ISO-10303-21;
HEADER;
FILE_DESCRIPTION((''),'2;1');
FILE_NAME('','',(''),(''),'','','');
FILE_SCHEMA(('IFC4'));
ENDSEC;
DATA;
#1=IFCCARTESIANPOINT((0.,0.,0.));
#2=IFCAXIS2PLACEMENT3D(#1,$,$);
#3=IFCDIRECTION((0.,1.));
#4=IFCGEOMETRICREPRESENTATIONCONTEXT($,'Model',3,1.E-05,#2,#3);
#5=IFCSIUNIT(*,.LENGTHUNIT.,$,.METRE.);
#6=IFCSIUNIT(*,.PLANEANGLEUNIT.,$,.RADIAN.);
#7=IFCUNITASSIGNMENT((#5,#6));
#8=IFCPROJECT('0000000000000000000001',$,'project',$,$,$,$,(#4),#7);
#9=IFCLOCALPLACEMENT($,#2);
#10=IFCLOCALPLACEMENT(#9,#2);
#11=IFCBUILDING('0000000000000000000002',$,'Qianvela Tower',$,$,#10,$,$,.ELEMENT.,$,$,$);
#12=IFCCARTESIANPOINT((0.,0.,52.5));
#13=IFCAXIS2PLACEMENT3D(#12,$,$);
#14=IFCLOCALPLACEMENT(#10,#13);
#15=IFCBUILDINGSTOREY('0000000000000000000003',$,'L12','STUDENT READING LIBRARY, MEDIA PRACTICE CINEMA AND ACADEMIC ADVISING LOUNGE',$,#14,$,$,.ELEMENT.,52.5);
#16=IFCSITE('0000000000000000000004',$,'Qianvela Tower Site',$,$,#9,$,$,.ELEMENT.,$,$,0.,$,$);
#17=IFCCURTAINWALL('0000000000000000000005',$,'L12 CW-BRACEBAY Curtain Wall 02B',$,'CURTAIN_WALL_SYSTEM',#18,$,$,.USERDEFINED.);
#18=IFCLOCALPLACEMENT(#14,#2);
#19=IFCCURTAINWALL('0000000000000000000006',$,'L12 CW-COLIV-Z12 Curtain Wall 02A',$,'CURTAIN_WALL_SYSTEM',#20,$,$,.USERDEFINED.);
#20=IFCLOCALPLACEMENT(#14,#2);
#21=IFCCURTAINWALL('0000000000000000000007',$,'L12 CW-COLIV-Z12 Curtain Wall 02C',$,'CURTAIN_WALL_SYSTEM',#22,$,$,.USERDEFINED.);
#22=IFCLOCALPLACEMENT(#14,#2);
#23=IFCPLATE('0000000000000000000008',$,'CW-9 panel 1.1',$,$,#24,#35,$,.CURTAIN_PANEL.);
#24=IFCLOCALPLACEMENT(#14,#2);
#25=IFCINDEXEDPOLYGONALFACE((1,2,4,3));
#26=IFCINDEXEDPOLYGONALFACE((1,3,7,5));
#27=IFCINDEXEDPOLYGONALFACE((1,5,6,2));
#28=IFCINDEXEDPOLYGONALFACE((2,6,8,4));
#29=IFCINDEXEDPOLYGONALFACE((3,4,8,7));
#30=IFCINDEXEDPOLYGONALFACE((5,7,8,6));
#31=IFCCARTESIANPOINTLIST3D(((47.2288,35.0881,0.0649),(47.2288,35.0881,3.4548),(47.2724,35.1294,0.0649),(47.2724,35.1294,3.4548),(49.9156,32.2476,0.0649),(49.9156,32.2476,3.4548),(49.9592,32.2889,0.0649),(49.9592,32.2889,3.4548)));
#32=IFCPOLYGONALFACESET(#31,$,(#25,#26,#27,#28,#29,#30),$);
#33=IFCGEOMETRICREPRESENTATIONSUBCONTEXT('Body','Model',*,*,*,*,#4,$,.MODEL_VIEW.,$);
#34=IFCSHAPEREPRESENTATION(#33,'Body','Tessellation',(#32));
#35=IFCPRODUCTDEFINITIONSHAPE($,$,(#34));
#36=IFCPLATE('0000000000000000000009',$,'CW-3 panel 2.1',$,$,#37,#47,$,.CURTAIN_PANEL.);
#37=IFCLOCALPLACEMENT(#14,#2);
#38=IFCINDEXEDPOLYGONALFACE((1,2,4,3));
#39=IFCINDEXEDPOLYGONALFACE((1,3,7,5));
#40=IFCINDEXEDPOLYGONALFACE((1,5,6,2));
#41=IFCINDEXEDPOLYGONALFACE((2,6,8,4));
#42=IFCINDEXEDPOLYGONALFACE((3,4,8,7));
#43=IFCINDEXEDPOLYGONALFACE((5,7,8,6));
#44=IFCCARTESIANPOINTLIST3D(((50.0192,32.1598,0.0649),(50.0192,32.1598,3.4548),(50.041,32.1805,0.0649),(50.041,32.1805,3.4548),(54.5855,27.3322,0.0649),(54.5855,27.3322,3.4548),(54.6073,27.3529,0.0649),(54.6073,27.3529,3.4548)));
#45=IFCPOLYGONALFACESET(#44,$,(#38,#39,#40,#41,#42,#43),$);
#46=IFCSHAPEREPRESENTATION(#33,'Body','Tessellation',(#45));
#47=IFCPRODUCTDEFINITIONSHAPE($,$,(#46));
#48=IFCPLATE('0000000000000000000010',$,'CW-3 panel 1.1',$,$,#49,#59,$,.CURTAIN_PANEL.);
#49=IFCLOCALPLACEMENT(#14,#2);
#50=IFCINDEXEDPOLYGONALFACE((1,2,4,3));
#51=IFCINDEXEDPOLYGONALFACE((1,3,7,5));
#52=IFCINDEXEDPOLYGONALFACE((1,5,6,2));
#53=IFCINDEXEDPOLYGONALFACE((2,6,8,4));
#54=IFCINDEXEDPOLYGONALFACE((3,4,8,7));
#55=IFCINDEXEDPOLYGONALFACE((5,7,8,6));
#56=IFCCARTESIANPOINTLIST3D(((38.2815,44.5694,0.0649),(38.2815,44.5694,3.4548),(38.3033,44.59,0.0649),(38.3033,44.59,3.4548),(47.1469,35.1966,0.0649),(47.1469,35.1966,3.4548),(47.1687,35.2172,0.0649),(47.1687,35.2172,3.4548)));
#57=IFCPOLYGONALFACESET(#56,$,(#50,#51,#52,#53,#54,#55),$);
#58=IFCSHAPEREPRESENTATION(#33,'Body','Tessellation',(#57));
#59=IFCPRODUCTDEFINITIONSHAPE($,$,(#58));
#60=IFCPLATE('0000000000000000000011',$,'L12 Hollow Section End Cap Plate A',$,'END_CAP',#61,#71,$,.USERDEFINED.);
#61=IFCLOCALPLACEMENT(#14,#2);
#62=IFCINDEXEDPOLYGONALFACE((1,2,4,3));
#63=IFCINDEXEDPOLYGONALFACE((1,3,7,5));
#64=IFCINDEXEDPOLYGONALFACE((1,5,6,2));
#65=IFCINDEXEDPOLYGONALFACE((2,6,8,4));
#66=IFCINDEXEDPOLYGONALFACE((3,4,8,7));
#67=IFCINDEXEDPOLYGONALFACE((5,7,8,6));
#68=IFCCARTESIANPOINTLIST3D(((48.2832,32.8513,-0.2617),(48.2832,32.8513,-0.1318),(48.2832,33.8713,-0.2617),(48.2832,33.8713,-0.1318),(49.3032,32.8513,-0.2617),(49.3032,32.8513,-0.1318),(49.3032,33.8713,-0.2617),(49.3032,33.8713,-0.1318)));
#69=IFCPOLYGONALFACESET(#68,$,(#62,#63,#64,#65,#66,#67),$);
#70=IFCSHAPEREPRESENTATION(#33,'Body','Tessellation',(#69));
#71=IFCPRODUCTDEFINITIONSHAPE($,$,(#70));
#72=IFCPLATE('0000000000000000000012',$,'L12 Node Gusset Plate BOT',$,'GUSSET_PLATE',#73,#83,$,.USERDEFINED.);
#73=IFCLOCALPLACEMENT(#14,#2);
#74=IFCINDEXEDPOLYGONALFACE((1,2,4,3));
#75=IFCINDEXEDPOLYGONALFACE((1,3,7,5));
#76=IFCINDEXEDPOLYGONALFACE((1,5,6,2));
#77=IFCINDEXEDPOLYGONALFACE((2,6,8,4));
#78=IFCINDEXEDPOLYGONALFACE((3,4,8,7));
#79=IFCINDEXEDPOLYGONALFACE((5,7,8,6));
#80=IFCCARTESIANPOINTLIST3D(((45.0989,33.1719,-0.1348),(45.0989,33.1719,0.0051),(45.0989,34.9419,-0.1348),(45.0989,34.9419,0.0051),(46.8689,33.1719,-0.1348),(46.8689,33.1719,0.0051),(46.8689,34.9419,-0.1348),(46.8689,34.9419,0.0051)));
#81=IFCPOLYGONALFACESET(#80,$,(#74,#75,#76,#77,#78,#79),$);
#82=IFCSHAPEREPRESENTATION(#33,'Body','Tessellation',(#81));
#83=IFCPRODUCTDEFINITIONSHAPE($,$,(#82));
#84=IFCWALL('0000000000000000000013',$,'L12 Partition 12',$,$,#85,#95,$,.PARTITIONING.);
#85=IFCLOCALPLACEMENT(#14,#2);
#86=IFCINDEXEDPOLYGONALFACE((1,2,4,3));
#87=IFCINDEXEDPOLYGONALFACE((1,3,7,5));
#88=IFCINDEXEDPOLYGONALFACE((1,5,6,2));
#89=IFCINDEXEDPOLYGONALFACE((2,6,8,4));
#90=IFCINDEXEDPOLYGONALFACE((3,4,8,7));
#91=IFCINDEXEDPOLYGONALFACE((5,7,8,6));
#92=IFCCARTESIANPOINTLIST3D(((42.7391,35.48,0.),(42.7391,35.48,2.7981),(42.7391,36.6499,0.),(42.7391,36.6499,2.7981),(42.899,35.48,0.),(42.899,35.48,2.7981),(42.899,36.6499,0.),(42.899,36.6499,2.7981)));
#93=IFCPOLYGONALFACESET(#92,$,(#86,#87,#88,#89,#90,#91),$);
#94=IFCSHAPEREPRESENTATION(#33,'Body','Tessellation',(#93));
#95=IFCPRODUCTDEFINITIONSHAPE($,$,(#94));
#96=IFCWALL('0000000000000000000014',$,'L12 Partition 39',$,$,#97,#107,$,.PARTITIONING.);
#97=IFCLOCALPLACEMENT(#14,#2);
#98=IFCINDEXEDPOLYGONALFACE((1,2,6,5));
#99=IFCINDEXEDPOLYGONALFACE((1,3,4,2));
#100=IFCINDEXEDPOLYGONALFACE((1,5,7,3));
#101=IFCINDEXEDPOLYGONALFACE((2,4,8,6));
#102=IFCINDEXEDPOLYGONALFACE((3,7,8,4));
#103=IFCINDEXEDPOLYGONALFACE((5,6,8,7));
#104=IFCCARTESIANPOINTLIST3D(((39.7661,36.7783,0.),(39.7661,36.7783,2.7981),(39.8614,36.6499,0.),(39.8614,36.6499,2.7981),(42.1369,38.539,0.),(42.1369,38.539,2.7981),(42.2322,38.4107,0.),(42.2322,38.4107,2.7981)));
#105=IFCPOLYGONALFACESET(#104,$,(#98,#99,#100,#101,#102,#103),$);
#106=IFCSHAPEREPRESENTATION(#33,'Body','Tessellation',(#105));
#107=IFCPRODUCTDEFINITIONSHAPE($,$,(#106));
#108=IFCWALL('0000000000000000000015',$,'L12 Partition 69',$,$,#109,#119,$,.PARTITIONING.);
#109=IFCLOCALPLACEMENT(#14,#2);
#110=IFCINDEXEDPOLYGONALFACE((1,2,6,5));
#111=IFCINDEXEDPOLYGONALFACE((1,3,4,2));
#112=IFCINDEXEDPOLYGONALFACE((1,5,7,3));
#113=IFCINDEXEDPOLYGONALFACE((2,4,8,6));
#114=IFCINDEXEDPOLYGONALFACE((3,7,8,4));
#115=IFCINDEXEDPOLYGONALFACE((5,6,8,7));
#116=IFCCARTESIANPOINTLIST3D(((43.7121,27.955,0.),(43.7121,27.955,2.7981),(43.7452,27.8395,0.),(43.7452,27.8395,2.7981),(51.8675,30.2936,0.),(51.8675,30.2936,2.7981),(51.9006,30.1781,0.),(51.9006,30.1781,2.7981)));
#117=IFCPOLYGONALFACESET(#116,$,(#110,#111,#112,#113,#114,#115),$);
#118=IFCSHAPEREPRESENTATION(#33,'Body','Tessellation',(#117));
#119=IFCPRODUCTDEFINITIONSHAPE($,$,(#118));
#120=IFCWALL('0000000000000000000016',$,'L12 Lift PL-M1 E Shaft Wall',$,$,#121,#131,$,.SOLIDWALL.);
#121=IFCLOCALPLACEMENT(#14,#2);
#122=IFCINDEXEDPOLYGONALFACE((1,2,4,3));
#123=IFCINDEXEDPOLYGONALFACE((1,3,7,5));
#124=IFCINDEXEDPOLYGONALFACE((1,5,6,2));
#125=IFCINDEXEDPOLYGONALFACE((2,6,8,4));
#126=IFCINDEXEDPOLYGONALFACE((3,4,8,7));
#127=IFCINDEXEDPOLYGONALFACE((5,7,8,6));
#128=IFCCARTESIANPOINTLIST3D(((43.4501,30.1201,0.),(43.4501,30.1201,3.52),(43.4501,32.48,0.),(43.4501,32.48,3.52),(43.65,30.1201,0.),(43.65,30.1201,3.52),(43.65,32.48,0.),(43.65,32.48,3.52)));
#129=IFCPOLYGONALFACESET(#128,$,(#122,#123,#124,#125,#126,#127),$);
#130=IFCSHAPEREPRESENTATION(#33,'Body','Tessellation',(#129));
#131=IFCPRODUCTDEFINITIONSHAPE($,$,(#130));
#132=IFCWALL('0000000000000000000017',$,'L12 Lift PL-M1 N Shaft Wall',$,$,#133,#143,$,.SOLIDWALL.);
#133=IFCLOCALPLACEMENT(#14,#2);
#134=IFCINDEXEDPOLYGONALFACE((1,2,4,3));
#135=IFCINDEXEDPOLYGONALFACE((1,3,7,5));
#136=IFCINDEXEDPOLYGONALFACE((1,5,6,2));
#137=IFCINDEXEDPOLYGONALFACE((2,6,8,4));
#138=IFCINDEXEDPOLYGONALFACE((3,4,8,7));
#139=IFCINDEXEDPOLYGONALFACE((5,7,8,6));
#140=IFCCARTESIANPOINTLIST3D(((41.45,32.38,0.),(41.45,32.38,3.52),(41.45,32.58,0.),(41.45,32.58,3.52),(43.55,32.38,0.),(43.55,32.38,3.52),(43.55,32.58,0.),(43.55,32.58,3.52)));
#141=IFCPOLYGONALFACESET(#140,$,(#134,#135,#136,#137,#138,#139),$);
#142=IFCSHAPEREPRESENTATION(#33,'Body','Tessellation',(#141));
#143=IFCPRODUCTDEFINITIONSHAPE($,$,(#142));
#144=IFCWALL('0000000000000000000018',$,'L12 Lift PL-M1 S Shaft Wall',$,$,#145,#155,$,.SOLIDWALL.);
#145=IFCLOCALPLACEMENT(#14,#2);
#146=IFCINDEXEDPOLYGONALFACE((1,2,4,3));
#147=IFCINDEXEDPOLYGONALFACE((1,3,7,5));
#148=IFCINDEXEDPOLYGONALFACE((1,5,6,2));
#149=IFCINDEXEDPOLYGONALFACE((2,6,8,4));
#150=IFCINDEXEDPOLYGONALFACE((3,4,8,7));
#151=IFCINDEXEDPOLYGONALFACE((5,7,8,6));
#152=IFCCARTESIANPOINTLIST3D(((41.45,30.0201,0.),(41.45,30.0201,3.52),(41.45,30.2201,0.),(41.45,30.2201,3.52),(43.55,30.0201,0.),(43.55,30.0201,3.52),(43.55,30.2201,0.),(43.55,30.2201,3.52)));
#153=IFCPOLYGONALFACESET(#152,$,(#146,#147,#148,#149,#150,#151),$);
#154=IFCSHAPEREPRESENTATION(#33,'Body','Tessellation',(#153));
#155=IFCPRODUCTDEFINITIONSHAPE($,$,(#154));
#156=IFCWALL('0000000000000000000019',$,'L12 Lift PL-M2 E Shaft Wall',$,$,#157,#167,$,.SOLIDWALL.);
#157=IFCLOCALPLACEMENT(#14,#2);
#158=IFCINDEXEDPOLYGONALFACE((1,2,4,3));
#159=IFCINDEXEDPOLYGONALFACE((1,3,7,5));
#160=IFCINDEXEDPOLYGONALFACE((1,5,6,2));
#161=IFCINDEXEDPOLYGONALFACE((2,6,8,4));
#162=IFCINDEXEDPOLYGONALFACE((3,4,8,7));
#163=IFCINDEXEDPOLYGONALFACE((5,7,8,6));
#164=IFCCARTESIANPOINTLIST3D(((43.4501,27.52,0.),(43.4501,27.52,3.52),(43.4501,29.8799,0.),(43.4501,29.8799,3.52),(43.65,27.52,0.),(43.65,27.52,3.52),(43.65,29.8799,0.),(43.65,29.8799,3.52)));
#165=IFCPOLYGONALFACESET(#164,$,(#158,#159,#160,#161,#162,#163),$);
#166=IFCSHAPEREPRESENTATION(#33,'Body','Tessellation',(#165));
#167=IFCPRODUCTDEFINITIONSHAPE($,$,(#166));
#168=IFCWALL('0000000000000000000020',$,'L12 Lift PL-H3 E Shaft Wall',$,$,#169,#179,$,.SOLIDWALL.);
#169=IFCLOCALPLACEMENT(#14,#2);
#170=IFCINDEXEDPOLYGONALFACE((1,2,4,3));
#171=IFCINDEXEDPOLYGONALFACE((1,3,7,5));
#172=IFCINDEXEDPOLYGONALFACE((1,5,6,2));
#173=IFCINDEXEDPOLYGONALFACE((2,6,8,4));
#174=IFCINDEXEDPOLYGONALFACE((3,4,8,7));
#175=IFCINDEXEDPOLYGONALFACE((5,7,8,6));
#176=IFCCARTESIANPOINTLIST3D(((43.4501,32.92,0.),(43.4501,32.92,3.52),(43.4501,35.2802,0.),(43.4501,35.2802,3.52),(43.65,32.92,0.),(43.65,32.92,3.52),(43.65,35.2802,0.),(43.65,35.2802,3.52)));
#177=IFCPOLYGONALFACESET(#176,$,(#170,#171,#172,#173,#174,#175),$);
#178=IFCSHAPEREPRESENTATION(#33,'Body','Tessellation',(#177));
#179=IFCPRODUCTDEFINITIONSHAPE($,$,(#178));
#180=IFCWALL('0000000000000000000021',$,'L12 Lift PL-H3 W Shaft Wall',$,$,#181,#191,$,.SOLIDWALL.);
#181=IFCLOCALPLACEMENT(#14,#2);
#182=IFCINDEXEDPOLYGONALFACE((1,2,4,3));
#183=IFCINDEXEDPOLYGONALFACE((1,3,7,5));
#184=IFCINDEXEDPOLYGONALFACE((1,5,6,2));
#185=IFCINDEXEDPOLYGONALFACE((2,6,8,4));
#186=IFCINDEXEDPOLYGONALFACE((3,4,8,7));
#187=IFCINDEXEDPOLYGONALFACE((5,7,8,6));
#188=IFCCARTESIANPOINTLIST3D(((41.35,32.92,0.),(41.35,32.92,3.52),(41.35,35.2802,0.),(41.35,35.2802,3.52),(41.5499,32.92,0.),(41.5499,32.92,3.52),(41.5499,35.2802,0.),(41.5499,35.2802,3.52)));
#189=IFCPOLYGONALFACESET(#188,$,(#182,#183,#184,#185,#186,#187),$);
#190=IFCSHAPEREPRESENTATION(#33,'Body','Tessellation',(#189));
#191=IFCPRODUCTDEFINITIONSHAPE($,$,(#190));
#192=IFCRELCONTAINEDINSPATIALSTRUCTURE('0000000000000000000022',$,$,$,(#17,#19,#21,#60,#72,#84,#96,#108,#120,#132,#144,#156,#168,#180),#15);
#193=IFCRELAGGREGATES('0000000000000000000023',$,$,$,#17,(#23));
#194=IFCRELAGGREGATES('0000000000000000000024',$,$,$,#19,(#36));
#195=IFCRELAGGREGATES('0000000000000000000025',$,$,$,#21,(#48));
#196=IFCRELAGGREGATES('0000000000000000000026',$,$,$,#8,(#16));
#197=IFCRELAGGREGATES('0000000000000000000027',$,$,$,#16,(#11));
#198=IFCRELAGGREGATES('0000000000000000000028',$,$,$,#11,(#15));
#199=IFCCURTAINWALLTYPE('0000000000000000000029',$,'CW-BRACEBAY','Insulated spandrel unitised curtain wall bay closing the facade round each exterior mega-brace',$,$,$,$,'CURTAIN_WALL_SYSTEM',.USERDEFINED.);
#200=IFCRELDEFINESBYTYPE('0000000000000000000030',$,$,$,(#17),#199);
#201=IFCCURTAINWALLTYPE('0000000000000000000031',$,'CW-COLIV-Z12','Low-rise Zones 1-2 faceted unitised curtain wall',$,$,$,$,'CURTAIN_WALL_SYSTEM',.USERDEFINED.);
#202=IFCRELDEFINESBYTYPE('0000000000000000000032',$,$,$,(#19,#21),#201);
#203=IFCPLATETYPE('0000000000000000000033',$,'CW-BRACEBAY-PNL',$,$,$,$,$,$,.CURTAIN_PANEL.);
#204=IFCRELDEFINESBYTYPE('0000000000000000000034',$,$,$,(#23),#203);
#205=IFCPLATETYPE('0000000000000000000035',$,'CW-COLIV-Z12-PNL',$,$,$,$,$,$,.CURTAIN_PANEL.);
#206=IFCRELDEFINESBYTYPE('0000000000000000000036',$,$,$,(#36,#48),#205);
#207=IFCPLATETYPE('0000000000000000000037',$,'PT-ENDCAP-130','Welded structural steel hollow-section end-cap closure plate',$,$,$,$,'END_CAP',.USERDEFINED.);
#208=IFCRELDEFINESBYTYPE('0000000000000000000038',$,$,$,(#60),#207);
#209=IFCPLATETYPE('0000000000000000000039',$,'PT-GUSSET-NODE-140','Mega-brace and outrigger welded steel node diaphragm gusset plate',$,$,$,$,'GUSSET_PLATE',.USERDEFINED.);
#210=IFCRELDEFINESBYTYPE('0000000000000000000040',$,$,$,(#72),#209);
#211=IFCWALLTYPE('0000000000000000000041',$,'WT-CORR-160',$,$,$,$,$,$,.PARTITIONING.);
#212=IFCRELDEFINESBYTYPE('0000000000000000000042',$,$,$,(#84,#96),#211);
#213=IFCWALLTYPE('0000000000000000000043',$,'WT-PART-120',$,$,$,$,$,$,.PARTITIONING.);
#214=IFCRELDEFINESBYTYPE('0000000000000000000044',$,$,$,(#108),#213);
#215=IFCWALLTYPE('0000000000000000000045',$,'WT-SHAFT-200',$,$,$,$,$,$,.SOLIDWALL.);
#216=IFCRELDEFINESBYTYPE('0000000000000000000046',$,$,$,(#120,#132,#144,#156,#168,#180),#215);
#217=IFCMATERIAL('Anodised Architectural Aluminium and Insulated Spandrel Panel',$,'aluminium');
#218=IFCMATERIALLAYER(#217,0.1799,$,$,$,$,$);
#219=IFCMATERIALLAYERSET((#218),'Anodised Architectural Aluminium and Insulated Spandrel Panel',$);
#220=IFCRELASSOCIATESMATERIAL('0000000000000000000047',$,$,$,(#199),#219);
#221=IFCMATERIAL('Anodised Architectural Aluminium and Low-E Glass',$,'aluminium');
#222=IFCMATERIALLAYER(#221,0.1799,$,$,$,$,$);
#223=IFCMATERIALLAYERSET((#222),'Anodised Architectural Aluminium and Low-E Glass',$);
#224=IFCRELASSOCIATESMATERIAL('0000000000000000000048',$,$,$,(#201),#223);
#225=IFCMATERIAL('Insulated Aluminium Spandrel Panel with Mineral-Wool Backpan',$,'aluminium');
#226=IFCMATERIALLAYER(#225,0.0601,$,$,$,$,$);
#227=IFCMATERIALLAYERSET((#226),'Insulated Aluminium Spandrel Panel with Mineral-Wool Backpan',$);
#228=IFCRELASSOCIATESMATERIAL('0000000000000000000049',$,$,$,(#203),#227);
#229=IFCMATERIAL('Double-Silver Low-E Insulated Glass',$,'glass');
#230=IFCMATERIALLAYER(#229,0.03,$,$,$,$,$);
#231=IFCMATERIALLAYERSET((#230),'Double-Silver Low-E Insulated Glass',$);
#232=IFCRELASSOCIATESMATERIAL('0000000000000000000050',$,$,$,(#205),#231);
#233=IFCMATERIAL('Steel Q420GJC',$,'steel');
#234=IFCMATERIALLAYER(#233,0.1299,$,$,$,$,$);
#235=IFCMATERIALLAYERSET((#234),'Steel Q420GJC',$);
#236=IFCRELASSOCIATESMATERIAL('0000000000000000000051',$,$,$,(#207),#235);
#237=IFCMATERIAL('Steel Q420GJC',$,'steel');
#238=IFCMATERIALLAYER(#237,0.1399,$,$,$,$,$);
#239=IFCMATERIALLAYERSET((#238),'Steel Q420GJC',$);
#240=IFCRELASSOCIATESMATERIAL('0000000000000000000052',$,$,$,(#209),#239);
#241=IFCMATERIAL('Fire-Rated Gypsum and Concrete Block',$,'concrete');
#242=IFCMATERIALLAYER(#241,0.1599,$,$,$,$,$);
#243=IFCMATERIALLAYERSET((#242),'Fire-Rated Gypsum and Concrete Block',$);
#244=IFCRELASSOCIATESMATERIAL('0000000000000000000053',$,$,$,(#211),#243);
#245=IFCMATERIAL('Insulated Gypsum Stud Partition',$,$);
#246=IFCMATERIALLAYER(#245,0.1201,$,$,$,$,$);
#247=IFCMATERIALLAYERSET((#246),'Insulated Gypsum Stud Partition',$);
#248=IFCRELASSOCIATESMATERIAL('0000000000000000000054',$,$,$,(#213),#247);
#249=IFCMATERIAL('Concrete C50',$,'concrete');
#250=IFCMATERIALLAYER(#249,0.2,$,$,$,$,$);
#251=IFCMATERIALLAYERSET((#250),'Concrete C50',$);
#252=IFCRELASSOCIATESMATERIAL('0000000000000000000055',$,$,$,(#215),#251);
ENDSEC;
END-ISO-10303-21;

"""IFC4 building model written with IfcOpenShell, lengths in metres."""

from ifc_helpers import new_model, si_unit, direction, frame, frame_2d, origin, origin_2d, place, context, subcontext, project, spatial, rectangle, extrude, material, layer, layer_set, type_object, element, aggregate, save


model = new_model("IFC4")

# Units and contexts
model_context = context("Model", 3, precision=1e-05, world=origin(), true_north=direction((0.0, 1.0)))
body_context = subcontext(model_context, "Body", "Model", "MODEL_VIEW")
ifc_project = project(units=[si_unit("LENGTHUNIT", "METRE"), si_unit("PLANEANGLEUNIT", "RADIAN")], contexts=[model_context])

# Site, building, storey
site_placement = place(None, origin())
site = spatial("IfcSite", under=ifc_project, at=site_placement, Name="Qianvela Tower Site", CompositionType="ELEMENT", RefElevation=0.0)
building_placement = place(site_placement, origin())
building = spatial("IfcBuilding", under=site, at=building_placement, Name="Qianvela Tower", CompositionType="ELEMENT")
storey_placement = place(building_placement, frame((0.0, 0.0, 52.5)))
storey = spatial("IfcBuildingStorey", under=building, at=storey_placement, Name="L12", Description="STUDENT READING LIBRARY, MEDIA PRACTICE CINEMA AND ACADEMIC ADVISING LOUNGE", CompositionType="ELEMENT", Elevation=52.5)

# Curtain wall
ifc_material_1 = material(Name="Anodised Architectural Aluminium and Insulated Spandrel Panel", Category="aluminium")
ifc_layer_1 = layer(ifc_material_1, 0.1799)
ifc_layer_set_1 = layer_set([ifc_layer_1], Name="Anodised Architectural Aluminium and Insulated Spandrel Panel")
curtain_wall_type_1 = type_object("IfcCurtainWallType", Name="CW-BRACEBAY", Description="Insulated spandrel unitised curtain wall bay closing the facade round each exterior mega-brace", ElementType="CURTAIN_WALL_SYSTEM", PredefinedType="USERDEFINED", material=ifc_layer_set_1)
curtain_wall_1_placement = place(storey_placement, origin())
curtain_wall_1 = element("IfcCurtainWall", 1, at=curtain_wall_1_placement, inside=storey, type_object=curtain_wall_type_1, Name="L12 CW-BRACEBAY Curtain Wall 02B", ObjectType="CURTAIN_WALL_SYSTEM", PredefinedType="USERDEFINED")

# Curtain walls
ifc_material_2 = material(Name="Anodised Architectural Aluminium and Low-E Glass", Category="aluminium")
ifc_layer_2 = layer(ifc_material_2, 0.1799)
ifc_layer_set_2 = layer_set([ifc_layer_2], Name="Anodised Architectural Aluminium and Low-E Glass")
curtain_wall_type_2 = type_object("IfcCurtainWallType", Name="CW-COLIV-Z12", Description="Low-rise Zones 1-2 faceted unitised curtain wall", ElementType="CURTAIN_WALL_SYSTEM", PredefinedType="USERDEFINED", material=ifc_layer_set_2)
curtain_wall_2_placement = place(storey_placement, origin())
curtain_wall_2 = element("IfcCurtainWall", 2, at=curtain_wall_2_placement, inside=storey, type_object=curtain_wall_type_2, Name="L12 CW-COLIV-Z12 Curtain Wall 02A", ObjectType="CURTAIN_WALL_SYSTEM", PredefinedType="USERDEFINED")
curtain_wall_3_placement = place(storey_placement, origin())
curtain_wall_3 = element("IfcCurtainWall", 3, at=curtain_wall_3_placement, inside=storey, type_object=curtain_wall_type_2, Name="L12 CW-COLIV-Z12 Curtain Wall 02C", ObjectType="CURTAIN_WALL_SYSTEM", PredefinedType="USERDEFINED")

# Plates
ifc_material_3 = material(Name="Insulated Aluminium Spandrel Panel with Mineral-Wool Backpan", Category="aluminium")
ifc_layer_3 = layer(ifc_material_3, 0.0601)
ifc_layer_set_3 = layer_set([ifc_layer_3], Name="Insulated Aluminium Spandrel Panel with Mineral-Wool Backpan")
plate_type_1 = type_object("IfcPlateType", Name="CW-BRACEBAY-PNL", PredefinedType="CURTAIN_PANEL", material=ifc_layer_set_3)
plate_1_placement = place(storey_placement, frame((48.594, 33.6885, 0.0649), z_axis=(0.0, 0.0, 1.0), x_axis=(-0.68718, 0.726487, 0.0)))
plate_1 = element("IfcPlate", 4, at=plate_1_placement, type_object=plate_type_1, Name="CW-9 panel 1.1", PredefinedType="CURTAIN_PANEL", context=body_context, shape_type="SweptSolid", body=[
    extrude(rectangle(XDim=3.9099, YDim=0.0601, at=origin_2d()), origin(), (0.0, 0.0, 1.0), 3.3899),
])
aggregate(curtain_wall_1, [plate_1])
ifc_material_4 = material(Name="Double-Silver Low-E Insulated Glass", Category="glass")
ifc_layer_4 = layer(ifc_material_4, 0.03)
ifc_layer_set_4 = layer_set([ifc_layer_4], Name="Double-Silver Low-E Insulated Glass")
plate_type_2 = type_object("IfcPlateType", Name="CW-COLIV-Z12-PNL", PredefinedType="CURTAIN_PANEL", material=ifc_layer_set_4)
plate_2_placement = place(storey_placement, frame((52.3132, 29.7563, 0.0649), z_axis=(0.0, 0.0, 1.0), x_axis=(-0.68717, 0.726496, 0.0)))
plate_2 = element("IfcPlate", 5, at=plate_2_placement, type_object=plate_type_2, Name="CW-3 panel 2.1", PredefinedType="CURTAIN_PANEL", context=body_context, shape_type="SweptSolid", body=[
    extrude(rectangle(XDim=6.645, YDim=0.03, at=origin_2d()), origin(), (0.0, 0.0, 1.0), 3.3899),
])
aggregate(curtain_wall_2, [plate_2])
plate_3_placement = place(storey_placement, frame((42.7251, 39.8933, 0.0649), z_axis=(0.0, 0.0, 1.0), x_axis=(-0.687173, 0.726494, 0.0)))
plate_3 = element("IfcPlate", 6, at=plate_3_placement, type_object=plate_type_2, Name="CW-3 panel 1.1", PredefinedType="CURTAIN_PANEL", context=body_context, shape_type="SweptSolid", body=[
    extrude(rectangle(XDim=12.9014, YDim=0.03, at=origin_2d()), origin(), (0.0, 0.0, 1.0), 3.3899),
])
aggregate(curtain_wall_3, [plate_3])

# Plates
ifc_material_5 = material(Name="Steel Q420GJC", Category="steel")
ifc_layer_5 = layer(ifc_material_5, 0.1299)
ifc_layer_set_5 = layer_set([ifc_layer_5], Name="Steel Q420GJC")
plate_type_3 = type_object("IfcPlateType", Name="PT-ENDCAP-130", Description="Welded structural steel hollow-section end-cap closure plate", ElementType="END_CAP", PredefinedType="USERDEFINED", material=ifc_layer_set_5)
plate_4_placement = place(storey_placement, frame((48.7932, 33.3613, -0.2617), z_axis=(0.0, 0.0, 1.0), x_axis=(1.0, 0.0, 0.0)))
element("IfcPlate", 7, at=plate_4_placement, inside=storey, type_object=plate_type_3, Name="L12 Hollow Section End Cap Plate A", ObjectType="END_CAP", PredefinedType="USERDEFINED", context=body_context, shape_type="SweptSolid", body=[
    extrude(rectangle(XDim=1.02, YDim=1.02, at=origin_2d()), origin(), (0.0, 0.0, 1.0), 0.1299),
])
ifc_material_6 = material(Name="Steel Q420GJC", Category="steel")
ifc_layer_6 = layer(ifc_material_6, 0.1399)
ifc_layer_set_6 = layer_set([ifc_layer_6], Name="Steel Q420GJC")
plate_type_4 = type_object("IfcPlateType", Name="PT-GUSSET-NODE-140", Description="Mega-brace and outrigger welded steel node diaphragm gusset plate", ElementType="GUSSET_PLATE", PredefinedType="USERDEFINED", material=ifc_layer_set_6)
plate_5_placement = place(storey_placement, frame((45.9839, 34.0569, -0.1348), z_axis=(0.0, 0.0, 1.0), x_axis=(1.0, 0.0, 0.0)))
element("IfcPlate", 8, at=plate_5_placement, inside=storey, type_object=plate_type_4, Name="L12 Node Gusset Plate BOT", ObjectType="GUSSET_PLATE", PredefinedType="USERDEFINED", context=body_context, shape_type="SweptSolid", body=[
    extrude(rectangle(XDim=1.77, YDim=1.77, at=origin_2d()), origin(), (0.0, 0.0, 1.0), 0.1399),
])

# Walls
ifc_material_7 = material(Name="Fire-Rated Gypsum and Concrete Block", Category="concrete")
ifc_layer_7 = layer(ifc_material_7, 0.1599)
ifc_layer_set_7 = layer_set([ifc_layer_7], Name="Fire-Rated Gypsum and Concrete Block")
wall_type_1 = type_object("IfcWallType", Name="WT-CORR-160", PredefinedType="PARTITIONING", material=ifc_layer_set_7)
wall_1_placement = place(storey_placement, frame((42.8191, 36.6499, 0.0), z_axis=(0.0, 0.0, 1.0), x_axis=(0.0, -1.0, 0.0)))
element("IfcWall", 9, at=wall_1_placement, inside=storey, type_object=wall_type_1, Name="L12 Partition 12", PredefinedType="PARTITIONING", context=body_context, shape_type="SweptSolid", body=[
    extrude(rectangle(XDim=1.1699, YDim=0.1599, at=frame_2d((0.585, 0.0))), origin(), (0.0, 0.0, 1.0), 2.7981),
])
wall_2_placement = place(storey_placement, frame((42.1846, 38.4749, 0.0), z_axis=(0.0, 0.0, 1.0), x_axis=(-0.802818, -0.596224, 0.0)))
element("IfcWall", 10, at=wall_2_placement, inside=storey, type_object=wall_type_1, Name="L12 Partition 39", PredefinedType="PARTITIONING", context=body_context, shape_type="SweptSolid", body=[
    extrude(rectangle(XDim=2.9531, YDim=0.1599, at=frame_2d((1.4766, 0.0))), origin(), (0.0, 0.0, 1.0), 2.7981),
])
ifc_material_8 = material(Name="Insulated Gypsum Stud Partition")
ifc_layer_8 = layer(ifc_material_8, 0.1201)
ifc_layer_set_8 = layer_set([ifc_layer_8], Name="Insulated Gypsum Stud Partition")
wall_type_2 = type_object("IfcWallType", Name="WT-PART-120", PredefinedType="PARTITIONING", material=ifc_layer_set_8)
wall_3_placement = place(storey_placement, frame((43.7285, 27.8972, 0.0), z_axis=(0.0, 0.0, 1.0), x_axis=(0.96126, 0.275645, 0.0)))
element("IfcWall", 11, at=wall_3_placement, inside=storey, type_object=wall_type_2, Name="L12 Partition 69", PredefinedType="PARTITIONING", context=body_context, shape_type="SweptSolid", body=[
    extrude(rectangle(XDim=8.4841, YDim=0.1201, at=frame_2d((4.2422, 0.0))), origin(), (0.0, 0.0, 1.0), 2.7981),
])
ifc_material_9 = material(Name="Concrete C50", Category="concrete")
ifc_layer_9 = layer(ifc_material_9, 0.2)
ifc_layer_set_9 = layer_set([ifc_layer_9], Name="Concrete C50")
wall_type_3 = type_object("IfcWallType", Name="WT-SHAFT-200", PredefinedType="SOLIDWALL", material=ifc_layer_set_9)
wall_4_placement = place(storey_placement, frame((43.55, 30.1201, 0.0), z_axis=(0.0, 0.0, 1.0), x_axis=(0.0, 1.0, 0.0)))
element("IfcWall", 12, at=wall_4_placement, inside=storey, type_object=wall_type_3, Name="L12 Lift PL-M1 E Shaft Wall", PredefinedType="SOLIDWALL", context=body_context, shape_type="SweptSolid", body=[
    extrude(rectangle(XDim=2.3599, YDim=0.2, at=frame_2d((1.1799, 0.0))), origin(), (0.0, 0.0, 1.0), 3.52),
])
for number, where, z_axis, x_axis, name in (
    (13, (41.45, 32.48, 0.0), (0.0, 0.0, 1.0), (1.0, 0.0, 0.0), "L12 Lift PL-M1 N Shaft Wall"),
    (14, (41.45, 30.1201, 0.0), (0.0, 0.0, 1.0), (1.0, 0.0, 0.0), "L12 Lift PL-M1 S Shaft Wall"),
):
    element("IfcWall", number, at=place(storey_placement, frame(where, z_axis=z_axis, x_axis=x_axis)), inside=storey, type_object=wall_type_3, Name=name, PredefinedType="SOLIDWALL", context=body_context, shape_type="SweptSolid", body=[
        extrude(rectangle(XDim=2.1001, YDim=0.2, at=frame_2d((1.05, 0.0))), origin(), (0.0, 0.0, 1.0), 3.52),
    ])
wall_5_placement = place(storey_placement, frame((43.55, 27.52, 0.0), z_axis=(0.0, 0.0, 1.0), x_axis=(0.0, 1.0, 0.0)))
element("IfcWall", 15, at=wall_5_placement, inside=storey, type_object=wall_type_3, Name="L12 Lift PL-M2 E Shaft Wall", PredefinedType="SOLIDWALL", context=body_context, shape_type="SweptSolid", body=[
    extrude(rectangle(XDim=2.3599, YDim=0.2, at=frame_2d((1.1799, 0.0))), origin(), (0.0, 0.0, 1.0), 3.52),
])
for number, where, z_axis, x_axis, name in (
    (16, (43.55, 32.9199, 0.0), (0.0, 0.0, 1.0), (0.0, 1.0, 0.0), "L12 Lift PL-H3 E Shaft Wall"),
    (17, (41.45, 32.9199, 0.0), (0.0, 0.0, 1.0), (0.0, 1.0, 0.0), "L12 Lift PL-H3 W Shaft Wall"),
):
    element("IfcWall", number, at=place(storey_placement, frame(where, z_axis=z_axis, x_axis=x_axis)), inside=storey, type_object=wall_type_3, Name=name, PredefinedType="SOLIDWALL", context=body_context, shape_type="SweptSolid", body=[
        extrude(rectangle(XDim=2.3601, YDim=0.2, at=frame_2d((1.1802, 0.0))), origin(), (0.0, 0.0, 1.0), 3.52),
    ])

save(model, "model.ifc")
